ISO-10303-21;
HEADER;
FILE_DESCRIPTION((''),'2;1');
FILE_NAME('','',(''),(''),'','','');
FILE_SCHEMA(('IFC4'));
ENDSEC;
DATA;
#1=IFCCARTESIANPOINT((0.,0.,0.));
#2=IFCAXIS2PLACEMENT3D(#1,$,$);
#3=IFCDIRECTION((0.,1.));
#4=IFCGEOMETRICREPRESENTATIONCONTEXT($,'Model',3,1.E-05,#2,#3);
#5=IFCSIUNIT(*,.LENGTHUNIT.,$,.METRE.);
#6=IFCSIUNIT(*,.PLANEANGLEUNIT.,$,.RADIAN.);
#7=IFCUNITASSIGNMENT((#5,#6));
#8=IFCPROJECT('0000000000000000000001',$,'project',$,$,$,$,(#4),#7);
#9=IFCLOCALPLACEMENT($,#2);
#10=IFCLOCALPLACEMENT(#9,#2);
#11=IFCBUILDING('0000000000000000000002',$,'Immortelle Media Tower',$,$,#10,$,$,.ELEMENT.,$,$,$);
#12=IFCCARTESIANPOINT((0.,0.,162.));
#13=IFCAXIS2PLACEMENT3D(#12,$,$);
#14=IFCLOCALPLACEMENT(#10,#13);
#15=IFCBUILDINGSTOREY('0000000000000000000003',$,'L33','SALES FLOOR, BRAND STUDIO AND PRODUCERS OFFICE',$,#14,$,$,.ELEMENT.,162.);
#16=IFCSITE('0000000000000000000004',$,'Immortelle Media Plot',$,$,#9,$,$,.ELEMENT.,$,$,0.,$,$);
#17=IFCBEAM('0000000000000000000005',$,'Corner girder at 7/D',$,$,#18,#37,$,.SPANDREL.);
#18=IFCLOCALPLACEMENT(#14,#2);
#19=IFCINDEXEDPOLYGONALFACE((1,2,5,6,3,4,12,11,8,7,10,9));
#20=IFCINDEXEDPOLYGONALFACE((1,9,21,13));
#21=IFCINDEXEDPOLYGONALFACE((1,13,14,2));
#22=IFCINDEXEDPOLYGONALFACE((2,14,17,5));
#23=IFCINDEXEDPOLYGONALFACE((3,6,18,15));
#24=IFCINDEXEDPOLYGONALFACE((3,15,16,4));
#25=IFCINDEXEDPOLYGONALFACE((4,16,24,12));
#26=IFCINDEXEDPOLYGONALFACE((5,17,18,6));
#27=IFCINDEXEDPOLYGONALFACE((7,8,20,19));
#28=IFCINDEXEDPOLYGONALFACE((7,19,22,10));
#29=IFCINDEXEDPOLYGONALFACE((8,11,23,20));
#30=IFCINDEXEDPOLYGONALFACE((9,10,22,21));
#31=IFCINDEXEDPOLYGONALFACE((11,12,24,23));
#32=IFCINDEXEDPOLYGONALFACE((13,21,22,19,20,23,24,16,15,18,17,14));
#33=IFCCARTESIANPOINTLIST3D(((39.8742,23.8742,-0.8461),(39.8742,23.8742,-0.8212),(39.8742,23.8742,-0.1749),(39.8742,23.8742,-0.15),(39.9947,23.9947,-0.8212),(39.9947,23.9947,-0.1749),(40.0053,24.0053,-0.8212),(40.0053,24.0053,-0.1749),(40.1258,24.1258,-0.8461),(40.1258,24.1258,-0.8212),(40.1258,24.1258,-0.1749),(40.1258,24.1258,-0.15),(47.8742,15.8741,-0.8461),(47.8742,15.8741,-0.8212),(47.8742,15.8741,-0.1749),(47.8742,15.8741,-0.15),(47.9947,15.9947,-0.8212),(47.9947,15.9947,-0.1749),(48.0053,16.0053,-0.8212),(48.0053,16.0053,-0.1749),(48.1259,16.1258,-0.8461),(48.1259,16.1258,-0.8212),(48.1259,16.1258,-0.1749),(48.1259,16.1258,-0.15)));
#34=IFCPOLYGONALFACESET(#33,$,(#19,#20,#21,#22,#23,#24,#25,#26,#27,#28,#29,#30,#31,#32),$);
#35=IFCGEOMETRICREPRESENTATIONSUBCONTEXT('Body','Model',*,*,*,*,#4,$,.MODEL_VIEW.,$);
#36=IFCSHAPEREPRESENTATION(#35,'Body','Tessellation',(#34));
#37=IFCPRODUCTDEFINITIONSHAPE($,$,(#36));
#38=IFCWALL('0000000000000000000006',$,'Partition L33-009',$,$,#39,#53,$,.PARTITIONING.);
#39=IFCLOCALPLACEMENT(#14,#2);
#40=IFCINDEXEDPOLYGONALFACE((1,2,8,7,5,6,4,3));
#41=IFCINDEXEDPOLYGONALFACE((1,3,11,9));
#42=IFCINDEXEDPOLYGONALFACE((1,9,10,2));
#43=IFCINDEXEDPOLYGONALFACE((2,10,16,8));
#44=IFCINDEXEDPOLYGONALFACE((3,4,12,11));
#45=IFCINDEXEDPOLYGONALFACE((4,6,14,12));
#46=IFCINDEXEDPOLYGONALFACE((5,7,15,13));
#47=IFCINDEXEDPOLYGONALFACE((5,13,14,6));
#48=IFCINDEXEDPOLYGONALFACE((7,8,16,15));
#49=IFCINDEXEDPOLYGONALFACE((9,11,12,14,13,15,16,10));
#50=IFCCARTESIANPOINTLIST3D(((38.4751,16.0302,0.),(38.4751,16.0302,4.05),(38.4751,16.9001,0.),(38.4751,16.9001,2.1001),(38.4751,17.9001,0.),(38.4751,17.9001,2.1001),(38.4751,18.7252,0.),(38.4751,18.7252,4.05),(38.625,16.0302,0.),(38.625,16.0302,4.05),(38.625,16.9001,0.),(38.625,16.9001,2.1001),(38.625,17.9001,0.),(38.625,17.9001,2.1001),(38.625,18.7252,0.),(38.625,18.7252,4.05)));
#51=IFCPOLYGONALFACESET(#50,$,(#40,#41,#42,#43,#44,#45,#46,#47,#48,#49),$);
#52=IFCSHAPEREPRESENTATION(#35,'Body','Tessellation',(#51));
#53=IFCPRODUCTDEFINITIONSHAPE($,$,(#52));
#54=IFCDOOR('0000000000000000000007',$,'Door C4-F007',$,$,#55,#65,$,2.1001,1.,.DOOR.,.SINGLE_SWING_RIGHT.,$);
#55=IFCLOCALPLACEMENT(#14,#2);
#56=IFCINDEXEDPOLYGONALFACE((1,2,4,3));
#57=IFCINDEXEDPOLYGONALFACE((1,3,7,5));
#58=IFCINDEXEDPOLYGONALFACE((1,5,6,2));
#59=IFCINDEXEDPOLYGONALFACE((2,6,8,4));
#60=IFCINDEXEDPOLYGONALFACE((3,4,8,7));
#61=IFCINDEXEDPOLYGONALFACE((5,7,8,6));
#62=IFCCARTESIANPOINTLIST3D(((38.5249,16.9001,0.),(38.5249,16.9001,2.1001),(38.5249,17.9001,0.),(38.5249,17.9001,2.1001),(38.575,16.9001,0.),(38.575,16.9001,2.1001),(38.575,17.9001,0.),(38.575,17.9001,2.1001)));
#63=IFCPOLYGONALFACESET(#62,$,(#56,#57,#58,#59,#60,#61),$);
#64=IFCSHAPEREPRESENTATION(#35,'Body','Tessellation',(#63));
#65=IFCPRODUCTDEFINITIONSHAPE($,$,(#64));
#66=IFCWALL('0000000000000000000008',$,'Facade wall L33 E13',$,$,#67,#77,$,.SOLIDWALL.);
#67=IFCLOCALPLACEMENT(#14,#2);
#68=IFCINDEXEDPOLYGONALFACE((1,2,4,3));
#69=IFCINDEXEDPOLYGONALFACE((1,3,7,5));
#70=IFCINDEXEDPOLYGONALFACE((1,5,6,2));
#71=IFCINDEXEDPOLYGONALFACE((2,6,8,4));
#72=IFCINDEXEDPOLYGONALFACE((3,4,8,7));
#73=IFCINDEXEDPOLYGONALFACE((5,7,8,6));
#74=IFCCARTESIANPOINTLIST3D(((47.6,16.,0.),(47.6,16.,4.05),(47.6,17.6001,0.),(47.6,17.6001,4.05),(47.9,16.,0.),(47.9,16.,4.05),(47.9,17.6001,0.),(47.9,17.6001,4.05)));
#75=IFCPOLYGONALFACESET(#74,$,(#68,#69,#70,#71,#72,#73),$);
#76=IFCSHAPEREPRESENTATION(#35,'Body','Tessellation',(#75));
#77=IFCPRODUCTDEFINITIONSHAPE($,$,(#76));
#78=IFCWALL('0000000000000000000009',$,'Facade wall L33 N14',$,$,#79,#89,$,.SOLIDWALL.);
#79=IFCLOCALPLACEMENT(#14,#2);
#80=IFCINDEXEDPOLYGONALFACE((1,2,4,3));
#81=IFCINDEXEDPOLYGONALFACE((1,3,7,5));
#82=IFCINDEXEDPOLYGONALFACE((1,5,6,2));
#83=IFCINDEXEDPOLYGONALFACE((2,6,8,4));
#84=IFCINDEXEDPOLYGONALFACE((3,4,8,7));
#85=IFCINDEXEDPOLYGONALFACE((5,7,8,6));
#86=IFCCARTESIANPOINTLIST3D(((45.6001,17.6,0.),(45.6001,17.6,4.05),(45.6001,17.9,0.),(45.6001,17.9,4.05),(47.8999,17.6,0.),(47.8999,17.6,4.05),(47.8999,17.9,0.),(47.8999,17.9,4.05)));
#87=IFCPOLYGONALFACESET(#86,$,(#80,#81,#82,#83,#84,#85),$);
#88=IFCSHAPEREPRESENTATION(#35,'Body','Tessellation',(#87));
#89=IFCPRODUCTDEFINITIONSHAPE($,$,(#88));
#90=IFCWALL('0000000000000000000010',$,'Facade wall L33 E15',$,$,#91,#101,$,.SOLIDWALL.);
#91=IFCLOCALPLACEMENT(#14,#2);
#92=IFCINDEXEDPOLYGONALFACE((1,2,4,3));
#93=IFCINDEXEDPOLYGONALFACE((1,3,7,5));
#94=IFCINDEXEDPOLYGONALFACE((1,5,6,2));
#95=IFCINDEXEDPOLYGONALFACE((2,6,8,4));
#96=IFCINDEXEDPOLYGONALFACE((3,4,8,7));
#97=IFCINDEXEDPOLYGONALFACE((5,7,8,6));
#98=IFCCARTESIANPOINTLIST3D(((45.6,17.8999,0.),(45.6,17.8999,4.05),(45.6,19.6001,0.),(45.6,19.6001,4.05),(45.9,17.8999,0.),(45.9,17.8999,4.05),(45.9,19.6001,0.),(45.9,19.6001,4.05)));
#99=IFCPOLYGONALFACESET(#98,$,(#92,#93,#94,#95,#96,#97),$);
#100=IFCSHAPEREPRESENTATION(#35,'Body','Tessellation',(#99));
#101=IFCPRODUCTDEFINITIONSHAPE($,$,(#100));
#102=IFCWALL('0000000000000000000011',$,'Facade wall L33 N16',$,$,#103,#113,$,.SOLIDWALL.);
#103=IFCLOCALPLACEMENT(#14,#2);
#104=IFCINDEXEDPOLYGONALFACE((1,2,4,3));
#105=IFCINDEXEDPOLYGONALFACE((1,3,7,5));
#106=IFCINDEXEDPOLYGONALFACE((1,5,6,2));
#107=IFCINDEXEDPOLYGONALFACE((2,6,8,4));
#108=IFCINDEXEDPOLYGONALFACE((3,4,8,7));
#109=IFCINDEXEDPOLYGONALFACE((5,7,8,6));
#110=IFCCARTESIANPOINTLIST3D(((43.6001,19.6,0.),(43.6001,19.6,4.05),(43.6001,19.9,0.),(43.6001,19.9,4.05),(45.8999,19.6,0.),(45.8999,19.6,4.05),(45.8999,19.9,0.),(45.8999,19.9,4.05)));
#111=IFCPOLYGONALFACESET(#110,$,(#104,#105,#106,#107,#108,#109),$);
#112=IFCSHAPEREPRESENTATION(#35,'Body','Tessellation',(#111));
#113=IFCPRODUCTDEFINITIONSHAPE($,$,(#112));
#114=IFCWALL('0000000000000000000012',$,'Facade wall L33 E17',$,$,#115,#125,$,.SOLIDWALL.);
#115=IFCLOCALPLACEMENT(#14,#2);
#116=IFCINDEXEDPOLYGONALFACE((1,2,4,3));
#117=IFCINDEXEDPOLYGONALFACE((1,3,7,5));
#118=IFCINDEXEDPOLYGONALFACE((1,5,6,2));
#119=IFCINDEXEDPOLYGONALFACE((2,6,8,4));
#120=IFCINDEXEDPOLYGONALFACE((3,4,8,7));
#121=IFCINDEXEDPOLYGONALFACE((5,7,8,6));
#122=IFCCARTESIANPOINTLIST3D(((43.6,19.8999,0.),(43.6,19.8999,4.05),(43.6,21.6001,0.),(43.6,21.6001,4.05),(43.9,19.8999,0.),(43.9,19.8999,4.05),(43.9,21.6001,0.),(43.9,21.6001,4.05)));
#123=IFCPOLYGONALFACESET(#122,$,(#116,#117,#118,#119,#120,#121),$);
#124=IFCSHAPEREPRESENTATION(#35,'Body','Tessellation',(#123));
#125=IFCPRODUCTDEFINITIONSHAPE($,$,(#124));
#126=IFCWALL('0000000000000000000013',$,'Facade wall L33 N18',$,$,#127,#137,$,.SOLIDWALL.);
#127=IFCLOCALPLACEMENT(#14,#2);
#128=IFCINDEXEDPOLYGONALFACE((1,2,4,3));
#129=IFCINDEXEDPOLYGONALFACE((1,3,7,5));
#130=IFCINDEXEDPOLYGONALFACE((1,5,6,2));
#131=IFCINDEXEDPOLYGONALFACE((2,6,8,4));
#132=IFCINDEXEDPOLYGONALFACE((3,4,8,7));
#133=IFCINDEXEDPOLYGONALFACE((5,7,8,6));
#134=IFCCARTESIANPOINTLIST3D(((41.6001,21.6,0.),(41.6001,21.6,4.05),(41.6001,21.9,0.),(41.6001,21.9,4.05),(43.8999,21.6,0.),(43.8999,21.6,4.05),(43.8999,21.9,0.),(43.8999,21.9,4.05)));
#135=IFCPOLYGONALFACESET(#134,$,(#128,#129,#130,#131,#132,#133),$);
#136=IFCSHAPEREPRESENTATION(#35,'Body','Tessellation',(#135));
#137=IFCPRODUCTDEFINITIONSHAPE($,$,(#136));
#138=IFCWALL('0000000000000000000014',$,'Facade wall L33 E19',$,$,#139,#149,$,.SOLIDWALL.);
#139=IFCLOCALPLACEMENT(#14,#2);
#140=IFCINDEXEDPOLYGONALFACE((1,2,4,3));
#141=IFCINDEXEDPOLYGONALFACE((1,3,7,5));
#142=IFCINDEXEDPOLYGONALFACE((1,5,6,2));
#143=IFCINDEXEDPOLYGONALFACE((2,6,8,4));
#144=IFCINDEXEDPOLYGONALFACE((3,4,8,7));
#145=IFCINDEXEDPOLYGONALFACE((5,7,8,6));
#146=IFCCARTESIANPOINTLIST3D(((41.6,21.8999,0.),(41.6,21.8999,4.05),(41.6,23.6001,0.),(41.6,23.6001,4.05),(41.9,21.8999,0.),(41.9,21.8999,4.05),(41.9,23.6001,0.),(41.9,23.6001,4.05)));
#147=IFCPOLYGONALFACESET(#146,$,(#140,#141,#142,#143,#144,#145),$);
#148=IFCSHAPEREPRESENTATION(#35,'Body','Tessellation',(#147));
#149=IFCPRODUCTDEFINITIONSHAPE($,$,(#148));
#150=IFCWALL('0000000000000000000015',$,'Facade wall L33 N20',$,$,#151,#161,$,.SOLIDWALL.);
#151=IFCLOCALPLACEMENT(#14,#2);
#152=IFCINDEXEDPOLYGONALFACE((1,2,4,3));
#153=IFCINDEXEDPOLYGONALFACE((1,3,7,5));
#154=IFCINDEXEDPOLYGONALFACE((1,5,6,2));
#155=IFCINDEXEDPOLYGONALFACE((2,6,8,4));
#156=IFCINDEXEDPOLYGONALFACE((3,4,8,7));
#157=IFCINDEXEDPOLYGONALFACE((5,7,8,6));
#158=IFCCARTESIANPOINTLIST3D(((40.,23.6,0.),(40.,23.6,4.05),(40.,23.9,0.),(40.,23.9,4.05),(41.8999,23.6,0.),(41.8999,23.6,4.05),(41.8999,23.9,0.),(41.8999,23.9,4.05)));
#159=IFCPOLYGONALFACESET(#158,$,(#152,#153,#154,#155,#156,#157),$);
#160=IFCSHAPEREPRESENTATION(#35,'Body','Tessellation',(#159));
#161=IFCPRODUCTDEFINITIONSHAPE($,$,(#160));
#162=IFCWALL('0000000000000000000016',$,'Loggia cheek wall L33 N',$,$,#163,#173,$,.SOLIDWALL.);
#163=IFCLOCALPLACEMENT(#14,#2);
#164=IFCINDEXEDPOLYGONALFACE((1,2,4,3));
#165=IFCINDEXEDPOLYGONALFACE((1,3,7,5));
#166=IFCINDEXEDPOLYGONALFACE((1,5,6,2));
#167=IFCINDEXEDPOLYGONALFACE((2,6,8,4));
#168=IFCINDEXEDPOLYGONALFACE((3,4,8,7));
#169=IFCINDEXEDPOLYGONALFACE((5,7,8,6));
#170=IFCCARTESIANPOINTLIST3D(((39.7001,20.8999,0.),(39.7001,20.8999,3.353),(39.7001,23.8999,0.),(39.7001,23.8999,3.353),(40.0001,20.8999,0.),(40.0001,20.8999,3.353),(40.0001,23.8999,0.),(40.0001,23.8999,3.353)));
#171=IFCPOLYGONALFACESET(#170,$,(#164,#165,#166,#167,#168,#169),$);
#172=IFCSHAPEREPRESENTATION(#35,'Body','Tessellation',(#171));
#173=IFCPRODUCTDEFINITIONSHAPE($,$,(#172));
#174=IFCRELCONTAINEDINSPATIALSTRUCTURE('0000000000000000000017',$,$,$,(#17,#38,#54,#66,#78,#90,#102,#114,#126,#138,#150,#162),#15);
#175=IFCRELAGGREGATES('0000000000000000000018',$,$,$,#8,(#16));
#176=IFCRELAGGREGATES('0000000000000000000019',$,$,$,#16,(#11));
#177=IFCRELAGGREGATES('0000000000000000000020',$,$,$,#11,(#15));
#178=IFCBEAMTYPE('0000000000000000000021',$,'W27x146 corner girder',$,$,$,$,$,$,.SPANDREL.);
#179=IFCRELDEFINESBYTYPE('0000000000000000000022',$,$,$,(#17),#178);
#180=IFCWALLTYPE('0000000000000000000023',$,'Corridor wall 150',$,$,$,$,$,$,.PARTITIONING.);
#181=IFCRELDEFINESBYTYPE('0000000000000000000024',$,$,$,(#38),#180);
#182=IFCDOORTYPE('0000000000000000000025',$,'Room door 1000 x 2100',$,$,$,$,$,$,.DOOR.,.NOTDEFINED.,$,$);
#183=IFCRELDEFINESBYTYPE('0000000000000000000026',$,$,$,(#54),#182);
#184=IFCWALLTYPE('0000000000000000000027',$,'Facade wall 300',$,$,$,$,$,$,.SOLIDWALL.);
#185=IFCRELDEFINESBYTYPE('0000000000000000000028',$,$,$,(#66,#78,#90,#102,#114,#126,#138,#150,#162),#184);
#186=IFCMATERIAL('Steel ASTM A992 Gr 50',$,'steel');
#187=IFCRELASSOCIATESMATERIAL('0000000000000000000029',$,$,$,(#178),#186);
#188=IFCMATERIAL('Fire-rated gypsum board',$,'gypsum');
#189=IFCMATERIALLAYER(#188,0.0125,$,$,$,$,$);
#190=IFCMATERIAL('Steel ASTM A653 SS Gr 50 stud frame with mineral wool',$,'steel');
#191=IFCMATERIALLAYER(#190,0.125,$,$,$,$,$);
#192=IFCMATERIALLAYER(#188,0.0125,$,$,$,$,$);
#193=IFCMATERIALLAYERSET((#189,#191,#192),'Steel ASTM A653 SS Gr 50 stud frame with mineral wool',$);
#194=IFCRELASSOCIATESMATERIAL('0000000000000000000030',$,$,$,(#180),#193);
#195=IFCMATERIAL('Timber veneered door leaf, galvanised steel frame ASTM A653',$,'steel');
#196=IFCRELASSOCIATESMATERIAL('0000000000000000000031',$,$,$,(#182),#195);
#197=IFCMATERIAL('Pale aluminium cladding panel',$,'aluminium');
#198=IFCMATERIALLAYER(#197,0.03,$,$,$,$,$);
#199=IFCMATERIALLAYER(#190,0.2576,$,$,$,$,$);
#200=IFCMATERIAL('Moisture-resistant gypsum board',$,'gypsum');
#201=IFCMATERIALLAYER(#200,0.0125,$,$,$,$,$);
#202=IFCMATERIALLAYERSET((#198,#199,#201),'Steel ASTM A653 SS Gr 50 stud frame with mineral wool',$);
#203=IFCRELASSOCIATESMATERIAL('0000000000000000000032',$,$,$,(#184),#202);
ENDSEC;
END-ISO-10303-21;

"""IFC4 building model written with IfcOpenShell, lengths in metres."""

from ifc_helpers import new_model, si_unit, direction, frame, frame_2d, origin, origin_2d, place, context, subcontext, project, spatial, rectangle, i_section, extrude, material, layer, layer_set, material_profile, profile_set, type_object, element, fill, save


model = new_model("IFC4")

# Units and contexts
model_context = context("Model", 3, precision=1e-05, world=origin(), true_north=direction((0.0, 1.0)))
body_context = subcontext(model_context, "Body", "Model", "MODEL_VIEW")
ifc_project = project(units=[si_unit("LENGTHUNIT", "METRE"), si_unit("PLANEANGLEUNIT", "RADIAN")], contexts=[model_context])

# Site, building, storey
site_placement = place(None, origin())
site = spatial("IfcSite", under=ifc_project, at=site_placement, Name="Immortelle Media Plot", CompositionType="ELEMENT", RefElevation=0.0)
building_placement = place(site_placement, origin())
building = spatial("IfcBuilding", under=site, at=building_placement, Name="Immortelle Media Tower", CompositionType="ELEMENT")
storey_placement = place(building_placement, frame((0.0, 0.0, 162.0)))
storey = spatial("IfcBuildingStorey", under=building, at=storey_placement, Name="L33", Description="SALES FLOOR, BRAND STUDIO AND PRODUCERS OFFICE", CompositionType="ELEMENT", Elevation=162.0)

# Shared definitions
ifc_material_1 = material(Name="Steel ASTM A992 Gr 50", Category="steel")

# Beam
ifc_material_profile_1 = material_profile(ifc_material_1, i_section(OverallWidth=0.356, OverallDepth=0.696, WebThickness=0.0149, FlangeThickness=0.0249, at=origin_2d()), Name="W27x146")
ifc_profile_set_1 = profile_set([ifc_material_profile_1], Name="Steel ASTM A992 Gr 50")
beam_type_1 = type_object("IfcBeamType", Name="W27x146 corner girder", PredefinedType="SPANDREL", material=ifc_profile_set_1)
beam_placement = place(storey_placement, frame((40.0, 24.0, -0.498), z_axis=(0.707107, -0.707107, 0.0), x_axis=(0.707107, 0.707107, 0.0)))
element("IfcBeam", 1, at=beam_placement, inside=storey, type_object=beam_type_1, Name="Corner girder at 7/D", PredefinedType="SPANDREL", context=body_context, shape_type="SweptSolid", body=[
    extrude(i_section(OverallWidth=0.356, OverallDepth=0.696, WebThickness=0.0149, FlangeThickness=0.0249, at=origin_2d()), origin(), (0.0, 0.0, 1.0), 11.3137),
])

# Wall, opening, door
ifc_material_2 = material(Name="Fire-rated gypsum board", Category="gypsum")
ifc_layer_1 = layer(ifc_material_2, 0.0125)
ifc_material_3 = material(Name="Steel ASTM A653 SS Gr 50 stud frame with mineral wool", Category="steel")
ifc_layer_2 = layer(ifc_material_3, 0.125)
ifc_layer_3 = layer(ifc_material_2, 0.0125)
ifc_layer_set_1 = layer_set([ifc_layer_1, ifc_layer_2, ifc_layer_3], Name="Steel ASTM A653 SS Gr 50 stud frame with mineral wool")
wall_type_1 = type_object("IfcWallType", Name="Corridor wall 150", PredefinedType="PARTITIONING", material=ifc_layer_set_1)
wall_1_placement = place(storey_placement, frame((38.55, 16.03, 0.0), z_axis=(0.0, 0.0, 1.0), x_axis=(0.0, 1.0, 0.0)))
wall_1 = element("IfcWall", 2, at=wall_1_placement, inside=storey, type_object=wall_type_1, Name="Partition L33-009", PredefinedType="PARTITIONING", context=body_context, shape_type="SweptSolid", body=[
    extrude(rectangle(XDim=2.6951, YDim=0.1499, at=frame_2d((1.3477, 0.0))), origin(), (0.0, 0.0, 1.0), 4.05),
])
opening_1_placement = place(wall_1_placement, frame((1.8701, 0.0, 0.0), z_axis=(0.0, 0.0, 1.0), x_axis=(-1.0, 0.0, 0.0)))
opening_1 = element("IfcOpeningElement", 3, at=opening_1_placement, cuts=wall_1, PredefinedType="OPENING", context=body_context, shape_type="SweptSolid", body=[
    extrude(rectangle(XDim=1.0, YDim=2.1001, at=frame_2d((0.5, 1.05))), frame((0.0, 0.085, 0.0), z_axis=(0.0, -1.0, 0.0), x_axis=(1.0, 0.0, 0.0)), (0.0, 0.0, 1.0), 0.1699),
])
ifc_material_4 = material(Name="Timber veneered door leaf, galvanised steel frame ASTM A653", Category="steel")
door_type_1 = type_object("IfcDoorType", Name="Room door 1000 x 2100", OperationType="NOTDEFINED", PredefinedType="DOOR", material=ifc_material_4)
door_1_placement = place(opening_1_placement, origin())
door_1 = element("IfcDoor", 4, at=door_1_placement, inside=storey, type_object=door_type_1, Name="Door C4-F007", OperationType="SINGLE_SWING_RIGHT", OverallHeight=2.1001, OverallWidth=1.0, PredefinedType="DOOR", context=body_context, shape_type="SweptSolid", body=[
    extrude(rectangle(XDim=1.0, YDim=2.1001, at=frame_2d((0.5, 1.05))), frame((0.0, 0.0249, 0.0), z_axis=(0.0, -1.0, 0.0), x_axis=(1.0, 0.0, 0.0)), (0.0, 0.0, 1.0), 0.05),
])
fill(opening_1, door_1)

# Walls
ifc_material_5 = material(Name="Pale aluminium cladding panel", Category="aluminium")
ifc_layer_4 = layer(ifc_material_5, 0.03)
ifc_layer_5 = layer(ifc_material_3, 0.2576)
ifc_material_6 = material(Name="Moisture-resistant gypsum board", Category="gypsum")
ifc_layer_6 = layer(ifc_material_6, 0.0125)
ifc_layer_set_2 = layer_set([ifc_layer_4, ifc_layer_5, ifc_layer_6], Name="Steel ASTM A653 SS Gr 50 stud frame with mineral wool")
wall_type_2 = type_object("IfcWallType", Name="Facade wall 300", PredefinedType="SOLIDWALL", material=ifc_layer_set_2)
wall_2_placement = place(storey_placement, frame((47.75, 16.0, 0.0), z_axis=(0.0, 0.0, 1.0), x_axis=(0.0, 1.0, 0.0)))
element("IfcWall", 5, at=wall_2_placement, inside=storey, type_object=wall_type_2, Name="Facade wall L33 E13", PredefinedType="SOLIDWALL", context=body_context, shape_type="SweptSolid", body=[
    extrude(rectangle(XDim=1.6001, YDim=0.3, at=frame_2d((0.8, 0.0))), origin(), (0.0, 0.0, 1.0), 4.05),
])
wall_3_placement = place(storey_placement, frame((47.8999, 17.75, 0.0), z_axis=(0.0, 0.0, 1.0), x_axis=(-1.0, 0.0, 0.0)))
element("IfcWall", 6, at=wall_3_placement, inside=storey, type_object=wall_type_2, Name="Facade wall L33 N14", PredefinedType="SOLIDWALL", context=body_context, shape_type="SweptSolid", body=[
    extrude(rectangle(XDim=2.2998, YDim=0.3, at=frame_2d((1.1499, 0.0))), origin(), (0.0, 0.0, 1.0), 4.05),
])
wall_4_placement = place(storey_placement, frame((45.75, 17.8999, 0.0), z_axis=(0.0, 0.0, 1.0), x_axis=(0.0, 1.0, 0.0)))
element("IfcWall", 7, at=wall_4_placement, inside=storey, type_object=wall_type_2, Name="Facade wall L33 E15", PredefinedType="SOLIDWALL", context=body_context, shape_type="SweptSolid", body=[
    extrude(rectangle(XDim=1.7002, YDim=0.3, at=frame_2d((0.8501, 0.0))), origin(), (0.0, 0.0, 1.0), 4.05),
])
wall_5_placement = place(storey_placement, frame((45.8999, 19.75, 0.0), z_axis=(0.0, 0.0, 1.0), x_axis=(-1.0, 0.0, 0.0)))
element("IfcWall", 8, at=wall_5_placement, inside=storey, type_object=wall_type_2, Name="Facade wall L33 N16", PredefinedType="SOLIDWALL", context=body_context, shape_type="SweptSolid", body=[
    extrude(rectangle(XDim=2.2998, YDim=0.3, at=frame_2d((1.1499, 0.0))), origin(), (0.0, 0.0, 1.0), 4.05),
])
wall_6_placement = place(storey_placement, frame((43.75, 19.8999, 0.0), z_axis=(0.0, 0.0, 1.0), x_axis=(0.0, 1.0, 0.0)))
element("IfcWall", 9, at=wall_6_placement, inside=storey, type_object=wall_type_2, Name="Facade wall L33 E17", PredefinedType="SOLIDWALL", context=body_context, shape_type="SweptSolid", body=[
    extrude(rectangle(XDim=1.7002, YDim=0.3, at=frame_2d((0.8501, 0.0))), origin(), (0.0, 0.0, 1.0), 4.05),
])
wall_7_placement = place(storey_placement, frame((43.8999, 21.75, 0.0), z_axis=(0.0, 0.0, 1.0), x_axis=(-1.0, 0.0, 0.0)))
element("IfcWall", 10, at=wall_7_placement, inside=storey, type_object=wall_type_2, Name="Facade wall L33 N18", PredefinedType="SOLIDWALL", context=body_context, shape_type="SweptSolid", body=[
    extrude(rectangle(XDim=2.2998, YDim=0.3, at=frame_2d((1.1499, 0.0))), origin(), (0.0, 0.0, 1.0), 4.05),
])
wall_8_placement = place(storey_placement, frame((41.75, 21.8999, 0.0), z_axis=(0.0, 0.0, 1.0), x_axis=(0.0, 1.0, 0.0)))
element("IfcWall", 11, at=wall_8_placement, inside=storey, type_object=wall_type_2, Name="Facade wall L33 E19", PredefinedType="SOLIDWALL", context=body_context, shape_type="SweptSolid", body=[
    extrude(rectangle(XDim=1.7002, YDim=0.3, at=frame_2d((0.8501, 0.0))), origin(), (0.0, 0.0, 1.0), 4.05),
])
wall_9_placement = place(storey_placement, frame((41.8999, 23.75, 0.0), z_axis=(0.0, 0.0, 1.0), x_axis=(-1.0, 0.0, 0.0)))
element("IfcWall", 12, at=wall_9_placement, inside=storey, type_object=wall_type_2, Name="Facade wall L33 N20", PredefinedType="SOLIDWALL", context=body_context, shape_type="SweptSolid", body=[
    extrude(rectangle(XDim=1.8999, YDim=0.3, at=frame_2d((0.95, 0.0))), origin(), (0.0, 0.0, 1.0), 4.05),
])

# Wall
wall_10_placement = place(storey_placement, frame((39.8501, 23.8999, 0.0), z_axis=(0.0, 0.0, 1.0), x_axis=(0.0, -1.0, 0.0)))
element("IfcWall", 13, at=wall_10_placement, inside=storey, type_object=wall_type_2, Name="Loggia cheek wall L33 N", PredefinedType="SOLIDWALL", context=body_context, shape_type="SweptSolid", body=[
    extrude(rectangle(XDim=3.0, YDim=0.3, at=frame_2d((1.5, 0.0))), origin(), (0.0, 0.0, 1.0), 3.353),
])

save(model, "model.ifc")
